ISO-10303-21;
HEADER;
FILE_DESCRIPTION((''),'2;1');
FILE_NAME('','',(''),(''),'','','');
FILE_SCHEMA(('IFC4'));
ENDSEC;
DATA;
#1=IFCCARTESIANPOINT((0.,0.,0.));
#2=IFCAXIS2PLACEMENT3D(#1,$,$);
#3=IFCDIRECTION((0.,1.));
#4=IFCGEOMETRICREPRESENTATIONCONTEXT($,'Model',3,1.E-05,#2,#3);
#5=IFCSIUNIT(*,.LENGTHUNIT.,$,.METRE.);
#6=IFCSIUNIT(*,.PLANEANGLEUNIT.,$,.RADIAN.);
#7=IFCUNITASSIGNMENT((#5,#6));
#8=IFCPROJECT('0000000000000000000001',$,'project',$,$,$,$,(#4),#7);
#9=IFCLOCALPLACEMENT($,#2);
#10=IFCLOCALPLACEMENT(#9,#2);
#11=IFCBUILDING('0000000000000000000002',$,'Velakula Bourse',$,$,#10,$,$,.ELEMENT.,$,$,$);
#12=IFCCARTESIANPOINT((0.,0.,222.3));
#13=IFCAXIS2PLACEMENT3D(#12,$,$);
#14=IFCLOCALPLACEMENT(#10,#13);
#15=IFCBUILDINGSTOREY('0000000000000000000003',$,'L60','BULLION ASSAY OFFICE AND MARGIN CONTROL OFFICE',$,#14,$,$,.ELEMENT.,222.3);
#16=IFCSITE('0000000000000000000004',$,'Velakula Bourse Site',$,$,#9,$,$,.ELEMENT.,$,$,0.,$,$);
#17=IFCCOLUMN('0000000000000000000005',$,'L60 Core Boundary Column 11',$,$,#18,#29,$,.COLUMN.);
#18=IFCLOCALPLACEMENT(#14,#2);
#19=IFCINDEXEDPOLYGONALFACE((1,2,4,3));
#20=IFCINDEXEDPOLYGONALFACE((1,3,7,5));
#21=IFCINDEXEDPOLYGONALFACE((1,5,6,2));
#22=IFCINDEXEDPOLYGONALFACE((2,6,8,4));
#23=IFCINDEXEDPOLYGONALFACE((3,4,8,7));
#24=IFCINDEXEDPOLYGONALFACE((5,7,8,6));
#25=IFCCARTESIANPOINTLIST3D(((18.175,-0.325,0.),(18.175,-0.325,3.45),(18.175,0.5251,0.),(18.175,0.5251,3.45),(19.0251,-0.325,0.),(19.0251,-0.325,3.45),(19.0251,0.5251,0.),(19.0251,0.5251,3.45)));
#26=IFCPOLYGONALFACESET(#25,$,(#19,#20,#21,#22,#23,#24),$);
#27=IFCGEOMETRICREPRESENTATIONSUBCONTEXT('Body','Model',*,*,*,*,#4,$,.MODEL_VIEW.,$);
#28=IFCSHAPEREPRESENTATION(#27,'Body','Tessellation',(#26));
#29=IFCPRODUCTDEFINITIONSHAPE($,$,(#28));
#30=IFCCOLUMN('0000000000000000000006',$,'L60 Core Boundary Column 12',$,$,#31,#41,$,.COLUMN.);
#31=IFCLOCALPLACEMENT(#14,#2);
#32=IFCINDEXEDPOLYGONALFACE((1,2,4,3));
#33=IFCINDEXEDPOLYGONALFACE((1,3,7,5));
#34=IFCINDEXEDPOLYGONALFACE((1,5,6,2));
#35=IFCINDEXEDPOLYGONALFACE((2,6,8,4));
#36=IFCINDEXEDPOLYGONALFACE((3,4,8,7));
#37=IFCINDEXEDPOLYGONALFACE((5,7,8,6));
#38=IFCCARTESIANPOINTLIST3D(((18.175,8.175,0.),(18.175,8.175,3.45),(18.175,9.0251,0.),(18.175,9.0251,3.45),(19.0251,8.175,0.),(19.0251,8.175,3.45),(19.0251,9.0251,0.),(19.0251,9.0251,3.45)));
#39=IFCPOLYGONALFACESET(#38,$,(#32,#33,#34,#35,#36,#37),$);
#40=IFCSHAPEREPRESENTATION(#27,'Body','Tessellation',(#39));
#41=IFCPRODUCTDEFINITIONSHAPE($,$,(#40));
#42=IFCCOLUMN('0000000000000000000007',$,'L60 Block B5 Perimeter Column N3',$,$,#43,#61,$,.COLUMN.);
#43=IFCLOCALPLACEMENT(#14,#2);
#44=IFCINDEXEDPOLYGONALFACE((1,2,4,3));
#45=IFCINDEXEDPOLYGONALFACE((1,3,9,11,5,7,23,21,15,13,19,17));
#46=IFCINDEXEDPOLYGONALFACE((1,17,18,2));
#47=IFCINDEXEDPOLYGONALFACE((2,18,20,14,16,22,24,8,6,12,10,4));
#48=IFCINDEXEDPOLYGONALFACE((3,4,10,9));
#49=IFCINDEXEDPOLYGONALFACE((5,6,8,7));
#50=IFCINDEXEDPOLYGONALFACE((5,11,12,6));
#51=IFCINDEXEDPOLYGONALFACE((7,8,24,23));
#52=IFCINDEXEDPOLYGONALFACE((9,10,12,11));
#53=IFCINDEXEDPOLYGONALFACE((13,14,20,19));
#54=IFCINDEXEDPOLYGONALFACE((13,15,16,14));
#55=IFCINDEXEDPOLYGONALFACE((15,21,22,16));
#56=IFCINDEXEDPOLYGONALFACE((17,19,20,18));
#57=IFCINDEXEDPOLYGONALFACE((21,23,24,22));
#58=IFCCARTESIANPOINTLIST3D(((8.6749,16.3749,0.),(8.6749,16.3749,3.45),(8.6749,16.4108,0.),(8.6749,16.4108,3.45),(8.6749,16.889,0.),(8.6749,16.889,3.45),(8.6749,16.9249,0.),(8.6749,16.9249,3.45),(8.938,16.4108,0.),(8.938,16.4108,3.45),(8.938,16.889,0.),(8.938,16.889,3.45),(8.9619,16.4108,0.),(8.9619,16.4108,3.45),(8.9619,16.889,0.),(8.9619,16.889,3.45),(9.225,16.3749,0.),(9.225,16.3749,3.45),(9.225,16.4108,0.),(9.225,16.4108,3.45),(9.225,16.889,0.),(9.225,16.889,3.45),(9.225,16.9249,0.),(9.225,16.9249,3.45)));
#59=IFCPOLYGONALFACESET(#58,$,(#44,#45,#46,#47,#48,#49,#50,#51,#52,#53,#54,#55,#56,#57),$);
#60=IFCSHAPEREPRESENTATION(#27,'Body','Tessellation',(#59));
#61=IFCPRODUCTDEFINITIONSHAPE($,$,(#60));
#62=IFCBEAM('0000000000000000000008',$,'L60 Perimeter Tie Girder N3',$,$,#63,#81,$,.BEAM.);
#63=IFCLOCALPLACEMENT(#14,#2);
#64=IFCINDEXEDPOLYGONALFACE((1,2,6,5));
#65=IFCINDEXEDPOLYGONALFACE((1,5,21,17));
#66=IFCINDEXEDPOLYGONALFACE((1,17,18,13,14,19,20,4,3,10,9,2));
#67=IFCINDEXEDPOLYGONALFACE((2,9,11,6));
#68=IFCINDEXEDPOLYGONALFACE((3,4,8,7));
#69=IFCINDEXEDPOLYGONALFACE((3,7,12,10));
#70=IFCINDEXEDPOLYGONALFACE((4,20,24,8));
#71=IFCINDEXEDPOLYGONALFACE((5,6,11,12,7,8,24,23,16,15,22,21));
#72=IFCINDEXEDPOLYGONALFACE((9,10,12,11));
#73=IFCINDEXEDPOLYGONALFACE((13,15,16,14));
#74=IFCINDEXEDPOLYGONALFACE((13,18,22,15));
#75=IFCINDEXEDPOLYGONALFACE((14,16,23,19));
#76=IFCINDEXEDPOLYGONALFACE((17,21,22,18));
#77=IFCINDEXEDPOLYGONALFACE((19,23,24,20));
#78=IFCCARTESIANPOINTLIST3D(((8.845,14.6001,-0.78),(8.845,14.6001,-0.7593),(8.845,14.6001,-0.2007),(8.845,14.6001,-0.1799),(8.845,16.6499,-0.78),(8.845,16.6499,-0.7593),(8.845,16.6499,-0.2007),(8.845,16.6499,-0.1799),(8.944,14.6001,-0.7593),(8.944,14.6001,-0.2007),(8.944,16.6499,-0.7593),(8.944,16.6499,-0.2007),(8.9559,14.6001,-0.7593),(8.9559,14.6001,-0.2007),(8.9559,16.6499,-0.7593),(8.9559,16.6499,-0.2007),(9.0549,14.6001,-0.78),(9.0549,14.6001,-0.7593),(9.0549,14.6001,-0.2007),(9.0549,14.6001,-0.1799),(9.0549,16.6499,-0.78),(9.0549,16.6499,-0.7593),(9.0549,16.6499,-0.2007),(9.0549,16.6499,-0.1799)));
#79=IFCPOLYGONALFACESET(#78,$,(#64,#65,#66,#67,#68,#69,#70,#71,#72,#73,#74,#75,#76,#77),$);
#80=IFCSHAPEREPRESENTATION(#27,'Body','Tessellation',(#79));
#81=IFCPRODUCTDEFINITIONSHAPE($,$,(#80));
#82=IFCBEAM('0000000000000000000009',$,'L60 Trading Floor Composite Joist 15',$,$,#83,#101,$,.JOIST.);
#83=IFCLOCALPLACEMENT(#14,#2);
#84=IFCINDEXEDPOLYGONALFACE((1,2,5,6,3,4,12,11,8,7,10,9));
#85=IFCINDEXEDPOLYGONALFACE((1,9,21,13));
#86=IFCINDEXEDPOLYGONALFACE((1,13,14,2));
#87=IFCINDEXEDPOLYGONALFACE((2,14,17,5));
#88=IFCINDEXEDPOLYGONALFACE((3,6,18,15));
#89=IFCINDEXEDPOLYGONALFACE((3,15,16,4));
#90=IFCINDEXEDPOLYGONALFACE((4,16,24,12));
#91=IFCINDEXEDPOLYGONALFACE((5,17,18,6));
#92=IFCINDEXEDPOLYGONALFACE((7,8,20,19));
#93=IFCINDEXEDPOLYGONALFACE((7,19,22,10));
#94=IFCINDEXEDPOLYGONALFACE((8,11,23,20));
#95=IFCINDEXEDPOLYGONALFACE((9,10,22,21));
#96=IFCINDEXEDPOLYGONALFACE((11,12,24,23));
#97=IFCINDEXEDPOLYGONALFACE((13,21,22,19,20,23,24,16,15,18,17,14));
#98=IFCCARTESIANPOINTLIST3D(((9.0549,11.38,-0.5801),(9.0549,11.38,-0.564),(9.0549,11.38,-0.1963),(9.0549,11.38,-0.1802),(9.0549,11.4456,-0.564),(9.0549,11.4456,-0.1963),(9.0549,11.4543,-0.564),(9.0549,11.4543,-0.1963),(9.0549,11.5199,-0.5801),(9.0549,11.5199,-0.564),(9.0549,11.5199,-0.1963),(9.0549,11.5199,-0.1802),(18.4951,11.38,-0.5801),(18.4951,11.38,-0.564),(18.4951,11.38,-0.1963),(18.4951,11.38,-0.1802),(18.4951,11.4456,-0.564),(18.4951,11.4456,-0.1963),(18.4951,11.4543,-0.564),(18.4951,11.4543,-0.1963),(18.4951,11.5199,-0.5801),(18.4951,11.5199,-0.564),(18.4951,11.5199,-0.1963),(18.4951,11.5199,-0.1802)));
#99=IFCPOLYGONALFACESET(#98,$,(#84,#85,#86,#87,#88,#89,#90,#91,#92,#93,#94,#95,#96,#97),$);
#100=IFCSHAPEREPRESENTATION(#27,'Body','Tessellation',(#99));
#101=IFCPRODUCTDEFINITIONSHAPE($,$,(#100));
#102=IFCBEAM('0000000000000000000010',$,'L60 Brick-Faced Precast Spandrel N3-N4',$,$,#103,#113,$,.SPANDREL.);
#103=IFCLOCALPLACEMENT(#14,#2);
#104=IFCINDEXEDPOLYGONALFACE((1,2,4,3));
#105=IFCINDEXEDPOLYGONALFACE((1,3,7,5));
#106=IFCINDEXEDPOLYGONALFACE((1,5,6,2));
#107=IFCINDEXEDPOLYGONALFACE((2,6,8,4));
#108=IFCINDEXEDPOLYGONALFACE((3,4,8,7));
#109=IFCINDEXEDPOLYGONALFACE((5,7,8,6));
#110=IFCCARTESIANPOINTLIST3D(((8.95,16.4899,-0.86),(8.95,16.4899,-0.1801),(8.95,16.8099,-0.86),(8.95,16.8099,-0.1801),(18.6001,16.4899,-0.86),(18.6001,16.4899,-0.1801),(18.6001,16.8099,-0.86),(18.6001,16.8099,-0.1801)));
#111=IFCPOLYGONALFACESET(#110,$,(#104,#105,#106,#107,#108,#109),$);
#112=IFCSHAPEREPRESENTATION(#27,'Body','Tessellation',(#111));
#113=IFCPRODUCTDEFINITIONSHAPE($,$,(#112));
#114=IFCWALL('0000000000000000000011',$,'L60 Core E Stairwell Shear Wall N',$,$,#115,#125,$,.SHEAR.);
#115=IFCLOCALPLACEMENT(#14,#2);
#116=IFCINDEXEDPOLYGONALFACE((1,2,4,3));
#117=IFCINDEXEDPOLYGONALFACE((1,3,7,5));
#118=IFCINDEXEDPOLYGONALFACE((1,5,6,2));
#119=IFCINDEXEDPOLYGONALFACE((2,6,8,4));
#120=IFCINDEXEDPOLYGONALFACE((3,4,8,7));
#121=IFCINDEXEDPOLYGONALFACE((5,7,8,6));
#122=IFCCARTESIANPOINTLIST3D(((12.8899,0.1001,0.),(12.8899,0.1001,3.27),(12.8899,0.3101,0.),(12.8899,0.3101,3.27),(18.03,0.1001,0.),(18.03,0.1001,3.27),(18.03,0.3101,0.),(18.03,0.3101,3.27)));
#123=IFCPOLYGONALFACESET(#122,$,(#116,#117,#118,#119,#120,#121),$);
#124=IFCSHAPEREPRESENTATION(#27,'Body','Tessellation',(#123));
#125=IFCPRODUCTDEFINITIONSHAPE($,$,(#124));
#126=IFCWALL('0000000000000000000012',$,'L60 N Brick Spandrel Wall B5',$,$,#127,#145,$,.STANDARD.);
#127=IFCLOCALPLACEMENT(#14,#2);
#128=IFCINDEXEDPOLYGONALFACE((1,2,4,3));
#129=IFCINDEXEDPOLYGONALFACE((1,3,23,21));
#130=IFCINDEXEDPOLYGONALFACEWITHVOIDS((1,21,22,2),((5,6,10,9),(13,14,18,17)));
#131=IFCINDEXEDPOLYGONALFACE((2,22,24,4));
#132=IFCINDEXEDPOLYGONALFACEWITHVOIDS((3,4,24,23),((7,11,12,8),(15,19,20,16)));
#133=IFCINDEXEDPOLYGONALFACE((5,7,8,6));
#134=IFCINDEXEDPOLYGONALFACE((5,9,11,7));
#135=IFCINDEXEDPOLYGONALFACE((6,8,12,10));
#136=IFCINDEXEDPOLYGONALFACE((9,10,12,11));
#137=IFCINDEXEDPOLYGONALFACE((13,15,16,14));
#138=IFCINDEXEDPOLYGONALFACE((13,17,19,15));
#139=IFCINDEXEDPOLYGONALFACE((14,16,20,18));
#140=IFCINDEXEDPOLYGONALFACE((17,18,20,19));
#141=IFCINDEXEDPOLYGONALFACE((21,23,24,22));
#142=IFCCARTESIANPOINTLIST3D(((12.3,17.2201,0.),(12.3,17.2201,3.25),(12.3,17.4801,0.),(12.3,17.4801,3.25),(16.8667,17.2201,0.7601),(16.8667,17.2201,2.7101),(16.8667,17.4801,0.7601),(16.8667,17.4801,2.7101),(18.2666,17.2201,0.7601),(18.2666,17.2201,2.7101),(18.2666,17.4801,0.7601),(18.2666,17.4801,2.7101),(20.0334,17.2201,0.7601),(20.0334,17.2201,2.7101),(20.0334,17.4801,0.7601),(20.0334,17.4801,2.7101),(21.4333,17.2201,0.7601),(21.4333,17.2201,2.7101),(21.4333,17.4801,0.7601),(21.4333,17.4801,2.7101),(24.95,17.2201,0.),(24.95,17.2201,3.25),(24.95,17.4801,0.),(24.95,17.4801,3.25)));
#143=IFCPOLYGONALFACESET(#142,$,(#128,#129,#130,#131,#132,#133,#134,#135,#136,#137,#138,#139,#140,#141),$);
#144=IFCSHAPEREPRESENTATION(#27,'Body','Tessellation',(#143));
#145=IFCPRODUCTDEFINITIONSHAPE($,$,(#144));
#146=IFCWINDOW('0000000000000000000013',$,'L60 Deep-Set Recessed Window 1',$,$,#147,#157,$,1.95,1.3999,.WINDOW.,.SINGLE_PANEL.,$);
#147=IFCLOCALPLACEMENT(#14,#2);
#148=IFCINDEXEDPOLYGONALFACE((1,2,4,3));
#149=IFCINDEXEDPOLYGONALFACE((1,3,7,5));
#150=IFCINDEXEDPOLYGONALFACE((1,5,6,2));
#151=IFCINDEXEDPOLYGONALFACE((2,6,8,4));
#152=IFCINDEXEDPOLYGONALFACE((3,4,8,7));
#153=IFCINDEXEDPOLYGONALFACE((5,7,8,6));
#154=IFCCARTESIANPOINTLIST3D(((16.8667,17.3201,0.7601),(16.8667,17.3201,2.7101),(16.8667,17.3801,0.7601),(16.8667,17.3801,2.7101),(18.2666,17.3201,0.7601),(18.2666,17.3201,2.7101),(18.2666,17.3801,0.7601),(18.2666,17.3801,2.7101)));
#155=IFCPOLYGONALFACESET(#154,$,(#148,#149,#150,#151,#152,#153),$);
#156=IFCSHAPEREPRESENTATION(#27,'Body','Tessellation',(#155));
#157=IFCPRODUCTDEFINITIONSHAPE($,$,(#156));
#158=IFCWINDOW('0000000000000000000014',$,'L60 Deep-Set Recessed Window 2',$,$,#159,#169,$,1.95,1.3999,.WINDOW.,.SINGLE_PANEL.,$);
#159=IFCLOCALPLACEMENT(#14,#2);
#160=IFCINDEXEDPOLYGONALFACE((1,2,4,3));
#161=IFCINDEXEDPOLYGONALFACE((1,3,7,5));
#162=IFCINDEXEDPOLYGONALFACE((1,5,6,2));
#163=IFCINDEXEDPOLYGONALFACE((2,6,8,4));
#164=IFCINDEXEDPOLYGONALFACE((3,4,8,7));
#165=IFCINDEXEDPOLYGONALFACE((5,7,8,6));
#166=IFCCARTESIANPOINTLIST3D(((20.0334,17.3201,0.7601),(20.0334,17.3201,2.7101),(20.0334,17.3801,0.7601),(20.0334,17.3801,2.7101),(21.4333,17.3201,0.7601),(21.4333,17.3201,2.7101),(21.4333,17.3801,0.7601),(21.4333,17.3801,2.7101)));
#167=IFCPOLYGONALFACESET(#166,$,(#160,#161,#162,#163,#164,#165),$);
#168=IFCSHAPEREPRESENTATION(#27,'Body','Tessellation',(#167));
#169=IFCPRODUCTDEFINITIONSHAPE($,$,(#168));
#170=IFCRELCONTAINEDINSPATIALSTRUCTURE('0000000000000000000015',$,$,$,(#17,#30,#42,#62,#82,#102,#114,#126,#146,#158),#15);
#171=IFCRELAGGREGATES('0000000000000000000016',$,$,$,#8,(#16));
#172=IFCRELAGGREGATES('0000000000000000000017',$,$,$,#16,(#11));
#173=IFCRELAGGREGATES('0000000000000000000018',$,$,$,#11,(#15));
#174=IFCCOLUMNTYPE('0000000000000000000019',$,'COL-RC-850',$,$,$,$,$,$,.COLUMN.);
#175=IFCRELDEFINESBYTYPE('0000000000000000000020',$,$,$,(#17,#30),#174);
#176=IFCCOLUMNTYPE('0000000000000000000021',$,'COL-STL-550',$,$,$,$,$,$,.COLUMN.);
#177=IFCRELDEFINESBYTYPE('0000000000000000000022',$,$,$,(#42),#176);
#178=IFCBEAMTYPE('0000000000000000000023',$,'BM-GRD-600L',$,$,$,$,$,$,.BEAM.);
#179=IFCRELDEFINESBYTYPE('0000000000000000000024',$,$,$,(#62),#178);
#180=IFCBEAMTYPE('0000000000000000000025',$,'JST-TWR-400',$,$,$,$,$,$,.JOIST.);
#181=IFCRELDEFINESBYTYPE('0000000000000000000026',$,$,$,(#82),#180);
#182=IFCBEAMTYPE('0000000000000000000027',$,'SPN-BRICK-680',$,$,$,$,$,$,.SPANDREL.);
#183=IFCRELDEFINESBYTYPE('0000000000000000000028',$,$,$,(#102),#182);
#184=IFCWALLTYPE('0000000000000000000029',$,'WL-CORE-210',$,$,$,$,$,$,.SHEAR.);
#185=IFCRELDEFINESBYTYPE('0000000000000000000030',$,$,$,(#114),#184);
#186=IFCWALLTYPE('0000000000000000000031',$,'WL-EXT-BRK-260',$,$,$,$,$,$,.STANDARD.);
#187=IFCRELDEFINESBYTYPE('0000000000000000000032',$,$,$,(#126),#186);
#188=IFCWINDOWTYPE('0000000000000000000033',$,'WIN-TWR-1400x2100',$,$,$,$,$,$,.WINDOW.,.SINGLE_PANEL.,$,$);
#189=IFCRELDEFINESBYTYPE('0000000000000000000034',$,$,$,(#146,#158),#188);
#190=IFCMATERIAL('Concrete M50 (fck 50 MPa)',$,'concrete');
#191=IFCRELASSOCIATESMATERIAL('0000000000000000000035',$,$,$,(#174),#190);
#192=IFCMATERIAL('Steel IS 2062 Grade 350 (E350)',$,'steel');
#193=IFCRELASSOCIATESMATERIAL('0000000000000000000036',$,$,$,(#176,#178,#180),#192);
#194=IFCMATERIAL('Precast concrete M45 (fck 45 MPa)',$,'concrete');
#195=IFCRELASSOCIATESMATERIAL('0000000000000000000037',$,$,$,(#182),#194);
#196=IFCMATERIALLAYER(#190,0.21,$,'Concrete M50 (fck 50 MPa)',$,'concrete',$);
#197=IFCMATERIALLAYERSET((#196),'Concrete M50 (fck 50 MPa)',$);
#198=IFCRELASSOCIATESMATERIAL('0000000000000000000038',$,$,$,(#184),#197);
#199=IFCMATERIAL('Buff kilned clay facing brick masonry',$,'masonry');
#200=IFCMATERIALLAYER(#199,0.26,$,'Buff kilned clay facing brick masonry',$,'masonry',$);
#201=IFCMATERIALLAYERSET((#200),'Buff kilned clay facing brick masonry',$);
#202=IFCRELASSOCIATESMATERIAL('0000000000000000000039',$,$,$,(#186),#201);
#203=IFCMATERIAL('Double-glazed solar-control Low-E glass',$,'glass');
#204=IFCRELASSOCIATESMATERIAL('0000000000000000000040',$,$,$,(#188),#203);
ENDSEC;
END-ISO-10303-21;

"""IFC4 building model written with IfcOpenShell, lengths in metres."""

from ifc_helpers import new_model, si_unit, direction, frame, frame_2d, origin, origin_2d, place, context, subcontext, project, spatial, rectangle, i_section, extrude, material, layer, layer_set, material_profile, profile_set, type_object, element, fill, save


model = new_model("IFC4")

# Units and contexts
model_context = context("Model", 3, precision=1e-05, world=origin(), true_north=direction((0.0, 1.0)))
body_context = subcontext(model_context, "Body", "Model", "MODEL_VIEW")
ifc_project = project(units=[si_unit("LENGTHUNIT", "METRE"), si_unit("PLANEANGLEUNIT", "RADIAN")], contexts=[model_context])

# Site, building, storey
site_placement = place(None, origin())
site = spatial("IfcSite", under=ifc_project, at=site_placement, Name="Velakula Bourse Site", CompositionType="ELEMENT", RefElevation=0.0)
building_placement = place(site_placement, origin())
building = spatial("IfcBuilding", under=site, at=building_placement, Name="Velakula Bourse", CompositionType="ELEMENT")
storey_placement = place(building_placement, frame((0.0, 0.0, 222.3)))
storey = spatial("IfcBuildingStorey", under=building, at=storey_placement, Name="L60", Description="BULLION ASSAY OFFICE AND MARGIN CONTROL OFFICE", CompositionType="ELEMENT", Elevation=222.3)

# Columns
ifc_material_1 = material(Name="Concrete M50 (fck 50 MPa)", Category="concrete")
ifc_material_profile_1 = material_profile(ifc_material_1, rectangle(XDim=0.8501, YDim=0.8501, at=origin_2d()), Name="Concrete M50 (fck 50 MPa)")
ifc_profile_set_1 = profile_set([ifc_material_profile_1], Name="Concrete M50 (fck 50 MPa)")
column_type_1 = type_object("IfcColumnType", Name="COL-RC-850", PredefinedType="COLUMN", material=ifc_profile_set_1)
for number, where, z_axis, x_axis, name in (
    (1, (18.6001, 0.1001, 0.0), (0.0, 0.0, 1.0), (1.0, 0.0, 0.0), "L60 Core Boundary Column 11"),
    (2, (18.6001, 8.6001, 0.0), (0.0, 0.0, 1.0), (1.0, 0.0, 0.0), "L60 Core Boundary Column 12"),
):
    element("IfcColumn", number, at=place(storey_placement, frame(where, z_axis=z_axis, x_axis=x_axis)), inside=storey, type_object=column_type_1, Name=name, PredefinedType="COLUMN", context=body_context, shape_type="SweptSolid", body=[
        extrude(rectangle(XDim=0.8501, YDim=0.8501, at=origin_2d()), origin(), (0.0, 0.0, 1.0), 3.45),
    ])
ifc_material_2 = material(Name="Steel IS 2062 Grade 350 (E350)", Category="steel")
ifc_material_profile_2 = material_profile(ifc_material_2, i_section(OverallWidth=0.55, OverallDepth=0.55, WebThickness=0.0239, FlangeThickness=0.0359, at=origin_2d()), Name="Steel IS 2062 Grade 350 (E350)")
ifc_profile_set_2 = profile_set([ifc_material_profile_2], Name="Steel IS 2062 Grade 350 (E350)")
column_type_2 = type_object("IfcColumnType", Name="COL-STL-550", PredefinedType="COLUMN", material=ifc_profile_set_2)
column_placement = place(storey_placement, frame((8.95, 16.6499, 0.0), z_axis=(0.0, 0.0, 1.0), x_axis=(1.0, 0.0, 0.0)))
element("IfcColumn", 3, at=column_placement, inside=storey, type_object=column_type_2, Name="L60 Block B5 Perimeter Column N3", PredefinedType="COLUMN", context=body_context, shape_type="SweptSolid", body=[
    extrude(i_section(OverallWidth=0.55, OverallDepth=0.55, WebThickness=0.0239, FlangeThickness=0.0359, at=origin_2d()), origin(), (0.0, 0.0, 1.0), 3.45),
])

# Beams
ifc_material_profile_3 = material_profile(ifc_material_2, i_section(OverallWidth=0.21, OverallDepth=0.6001, WebThickness=0.012, FlangeThickness=0.0208, at=origin_2d()), Name="Steel IS 2062 Grade 350 (E350)")
ifc_profile_set_3 = profile_set([ifc_material_profile_3], Name="Steel IS 2062 Grade 350 (E350)")
beam_type_1 = type_object("IfcBeamType", Name="BM-GRD-600L", PredefinedType="BEAM", material=ifc_profile_set_3)
beam_1_placement = place(storey_placement, frame((8.95, 14.6001, -0.48), z_axis=(0.0, 1.0, 0.0), x_axis=(-1.0, 0.0, 0.0)))
element("IfcBeam", 4, at=beam_1_placement, inside=storey, type_object=beam_type_1, Name="L60 Perimeter Tie Girder N3", PredefinedType="BEAM", context=body_context, shape_type="SweptSolid", body=[
    extrude(i_section(OverallWidth=0.21, OverallDepth=0.6001, WebThickness=0.012, FlangeThickness=0.0208, at=origin_2d()), origin(), (0.0, 0.0, 1.0), 2.0498),
])
ifc_material_profile_4 = material_profile(ifc_material_2, i_section(OverallWidth=0.1399, OverallDepth=0.3999, WebThickness=0.0088, FlangeThickness=0.0161, at=origin_2d()), Name="Steel IS 2062 Grade 350 (E350)")
ifc_profile_set_4 = profile_set([ifc_material_profile_4], Name="Steel IS 2062 Grade 350 (E350)")
beam_type_2 = type_object("IfcBeamType", Name="JST-TWR-400", PredefinedType="JOIST", material=ifc_profile_set_4)
beam_2_placement = place(storey_placement, frame((9.0549, 11.45, -0.3801), z_axis=(1.0, 0.0, 0.0), x_axis=(0.0, 1.0, 0.0)))
element("IfcBeam", 5, at=beam_2_placement, inside=storey, type_object=beam_type_2, Name="L60 Trading Floor Composite Joist 15", PredefinedType="JOIST", context=body_context, shape_type="SweptSolid", body=[
    extrude(i_section(OverallWidth=0.1399, OverallDepth=0.3999, WebThickness=0.0088, FlangeThickness=0.0161, at=origin_2d()), origin(), (0.0, 0.0, 1.0), 9.4402),
])
ifc_material_3 = material(Name="Precast concrete M45 (fck 45 MPa)", Category="concrete")
ifc_material_profile_5 = material_profile(ifc_material_3, rectangle(XDim=0.3201, YDim=0.6799, at=origin_2d()), Name="Precast concrete M45 (fck 45 MPa)")
ifc_profile_set_5 = profile_set([ifc_material_profile_5], Name="Precast concrete M45 (fck 45 MPa)")
beam_type_3 = type_object("IfcBeamType", Name="SPN-BRICK-680", PredefinedType="SPANDREL", material=ifc_profile_set_5)
beam_3_placement = place(storey_placement, frame((8.95, 16.6499, -0.52), z_axis=(1.0, 0.0, 0.0), x_axis=(0.0, 1.0, 0.0)))
element("IfcBeam", 6, at=beam_3_placement, inside=storey, type_object=beam_type_3, Name="L60 Brick-Faced Precast Spandrel N3-N4", PredefinedType="SPANDREL", context=body_context, shape_type="SweptSolid", body=[
    extrude(rectangle(XDim=0.3201, YDim=0.6799, at=origin_2d()), origin(), (0.0, 0.0, 1.0), 9.6501),
])

# Wall
ifc_layer_1 = layer(ifc_material_1, 0.21, Name="Concrete M50 (fck 50 MPa)", Category="concrete")
ifc_layer_set_1 = layer_set([ifc_layer_1], Name="Concrete M50 (fck 50 MPa)")
wall_type_1 = type_object("IfcWallType", Name="WL-CORE-210", PredefinedType="SHEAR", material=ifc_layer_set_1)
wall_1_placement = place(storey_placement, frame((18.03, 0.2051, 0.0), z_axis=(0.0, 0.0, 1.0), x_axis=(-1.0, 0.0, 0.0)))
element("IfcWall", 7, at=wall_1_placement, inside=storey, type_object=wall_type_1, Name="L60 Core E Stairwell Shear Wall N", PredefinedType="SHEAR", context=body_context, shape_type="SweptSolid", body=[
    extrude(rectangle(XDim=5.1401, YDim=0.21, at=frame_2d((2.5701, 0.0))), origin(), (0.0, 0.0, 1.0), 3.27),
])

# Wall, openings, windows
ifc_material_4 = material(Name="Buff kilned clay facing brick masonry", Category="masonry")
ifc_layer_2 = layer(ifc_material_4, 0.26, Name="Buff kilned clay facing brick masonry", Category="masonry")
ifc_layer_set_2 = layer_set([ifc_layer_2], Name="Buff kilned clay facing brick masonry")
wall_type_2 = type_object("IfcWallType", Name="WL-EXT-BRK-260", PredefinedType="STANDARD", material=ifc_layer_set_2)
wall_2_placement = place(storey_placement, frame((12.3, 17.3501, 0.0), z_axis=(0.0, 0.0, 1.0), x_axis=(1.0, 0.0, 0.0)))
wall_2 = element("IfcWall", 8, at=wall_2_placement, inside=storey, type_object=wall_type_2, Name="L60 N Brick Spandrel Wall B5", PredefinedType="STANDARD", context=body_context, shape_type="SweptSolid", body=[
    extrude(rectangle(XDim=12.6499, YDim=0.26, at=frame_2d((6.325, 0.0))), origin(), (0.0, 0.0, 1.0), 3.25),
])
opening_1_placement = place(wall_2_placement, frame((4.5667, 0.0, 0.76)))
opening_1 = element("IfcOpeningElement", 9, at=opening_1_placement, cuts=wall_2, PredefinedType="OPENING", context=body_context, shape_type="SweptSolid", body=[
    extrude(rectangle(XDim=1.3999, YDim=1.95, at=frame_2d((0.7, 0.9751))), frame((0.0, 0.1399, 0.0), z_axis=(0.0, -1.0, 0.0), x_axis=(1.0, 0.0, 0.0)), (0.0, 0.0, 1.0), 0.28),
])
opening_2_placement = place(wall_2_placement, frame((7.7334, 0.0, 0.76)))
opening_2 = element("IfcOpeningElement", 10, at=opening_2_placement, cuts=wall_2, PredefinedType="OPENING", context=body_context, shape_type="SweptSolid", body=[
    extrude(rectangle(XDim=1.3999, YDim=1.95, at=frame_2d((0.7, 0.9751))), frame((0.0, 0.1399, 0.0), z_axis=(0.0, -1.0, 0.0), x_axis=(1.0, 0.0, 0.0)), (0.0, 0.0, 1.0), 0.28),
])
ifc_material_5 = material(Name="Double-glazed solar-control Low-E glass", Category="glass")
window_type = type_object("IfcWindowType", Name="WIN-TWR-1400x2100", PartitioningType="SINGLE_PANEL", PredefinedType="WINDOW", material=ifc_material_5)
window_1_placement = place(opening_1_placement, origin())
window_1 = element("IfcWindow", 11, at=window_1_placement, inside=storey, type_object=window_type, Name="L60 Deep-Set Recessed Window 1", OverallHeight=1.95, OverallWidth=1.3999, PartitioningType="SINGLE_PANEL", PredefinedType="WINDOW", context=body_context, shape_type="SweptSolid", body=[
    extrude(rectangle(XDim=1.3999, YDim=1.95, at=frame_2d((0.7, 0.9751))), frame((0.0, 0.03, 0.0), z_axis=(0.0, -1.0, 0.0), x_axis=(1.0, 0.0, 0.0)), (0.0, 0.0, 1.0), 0.0601),
])
fill(opening_1, window_1)
window_2_placement = place(opening_2_placement, origin())
window_2 = element("IfcWindow", 12, at=window_2_placement, inside=storey, type_object=window_type, Name="L60 Deep-Set Recessed Window 2", OverallHeight=1.95, OverallWidth=1.3999, PartitioningType="SINGLE_PANEL", PredefinedType="WINDOW", context=body_context, shape_type="SweptSolid", body=[
    extrude(rectangle(XDim=1.3999, YDim=1.95, at=frame_2d((0.7, 0.9751))), frame((0.0, 0.03, 0.0), z_axis=(0.0, -1.0, 0.0), x_axis=(1.0, 0.0, 0.0)), (0.0, 0.0, 1.0), 0.0601),
])
fill(opening_2, window_2)

save(model, "model.ifc")
